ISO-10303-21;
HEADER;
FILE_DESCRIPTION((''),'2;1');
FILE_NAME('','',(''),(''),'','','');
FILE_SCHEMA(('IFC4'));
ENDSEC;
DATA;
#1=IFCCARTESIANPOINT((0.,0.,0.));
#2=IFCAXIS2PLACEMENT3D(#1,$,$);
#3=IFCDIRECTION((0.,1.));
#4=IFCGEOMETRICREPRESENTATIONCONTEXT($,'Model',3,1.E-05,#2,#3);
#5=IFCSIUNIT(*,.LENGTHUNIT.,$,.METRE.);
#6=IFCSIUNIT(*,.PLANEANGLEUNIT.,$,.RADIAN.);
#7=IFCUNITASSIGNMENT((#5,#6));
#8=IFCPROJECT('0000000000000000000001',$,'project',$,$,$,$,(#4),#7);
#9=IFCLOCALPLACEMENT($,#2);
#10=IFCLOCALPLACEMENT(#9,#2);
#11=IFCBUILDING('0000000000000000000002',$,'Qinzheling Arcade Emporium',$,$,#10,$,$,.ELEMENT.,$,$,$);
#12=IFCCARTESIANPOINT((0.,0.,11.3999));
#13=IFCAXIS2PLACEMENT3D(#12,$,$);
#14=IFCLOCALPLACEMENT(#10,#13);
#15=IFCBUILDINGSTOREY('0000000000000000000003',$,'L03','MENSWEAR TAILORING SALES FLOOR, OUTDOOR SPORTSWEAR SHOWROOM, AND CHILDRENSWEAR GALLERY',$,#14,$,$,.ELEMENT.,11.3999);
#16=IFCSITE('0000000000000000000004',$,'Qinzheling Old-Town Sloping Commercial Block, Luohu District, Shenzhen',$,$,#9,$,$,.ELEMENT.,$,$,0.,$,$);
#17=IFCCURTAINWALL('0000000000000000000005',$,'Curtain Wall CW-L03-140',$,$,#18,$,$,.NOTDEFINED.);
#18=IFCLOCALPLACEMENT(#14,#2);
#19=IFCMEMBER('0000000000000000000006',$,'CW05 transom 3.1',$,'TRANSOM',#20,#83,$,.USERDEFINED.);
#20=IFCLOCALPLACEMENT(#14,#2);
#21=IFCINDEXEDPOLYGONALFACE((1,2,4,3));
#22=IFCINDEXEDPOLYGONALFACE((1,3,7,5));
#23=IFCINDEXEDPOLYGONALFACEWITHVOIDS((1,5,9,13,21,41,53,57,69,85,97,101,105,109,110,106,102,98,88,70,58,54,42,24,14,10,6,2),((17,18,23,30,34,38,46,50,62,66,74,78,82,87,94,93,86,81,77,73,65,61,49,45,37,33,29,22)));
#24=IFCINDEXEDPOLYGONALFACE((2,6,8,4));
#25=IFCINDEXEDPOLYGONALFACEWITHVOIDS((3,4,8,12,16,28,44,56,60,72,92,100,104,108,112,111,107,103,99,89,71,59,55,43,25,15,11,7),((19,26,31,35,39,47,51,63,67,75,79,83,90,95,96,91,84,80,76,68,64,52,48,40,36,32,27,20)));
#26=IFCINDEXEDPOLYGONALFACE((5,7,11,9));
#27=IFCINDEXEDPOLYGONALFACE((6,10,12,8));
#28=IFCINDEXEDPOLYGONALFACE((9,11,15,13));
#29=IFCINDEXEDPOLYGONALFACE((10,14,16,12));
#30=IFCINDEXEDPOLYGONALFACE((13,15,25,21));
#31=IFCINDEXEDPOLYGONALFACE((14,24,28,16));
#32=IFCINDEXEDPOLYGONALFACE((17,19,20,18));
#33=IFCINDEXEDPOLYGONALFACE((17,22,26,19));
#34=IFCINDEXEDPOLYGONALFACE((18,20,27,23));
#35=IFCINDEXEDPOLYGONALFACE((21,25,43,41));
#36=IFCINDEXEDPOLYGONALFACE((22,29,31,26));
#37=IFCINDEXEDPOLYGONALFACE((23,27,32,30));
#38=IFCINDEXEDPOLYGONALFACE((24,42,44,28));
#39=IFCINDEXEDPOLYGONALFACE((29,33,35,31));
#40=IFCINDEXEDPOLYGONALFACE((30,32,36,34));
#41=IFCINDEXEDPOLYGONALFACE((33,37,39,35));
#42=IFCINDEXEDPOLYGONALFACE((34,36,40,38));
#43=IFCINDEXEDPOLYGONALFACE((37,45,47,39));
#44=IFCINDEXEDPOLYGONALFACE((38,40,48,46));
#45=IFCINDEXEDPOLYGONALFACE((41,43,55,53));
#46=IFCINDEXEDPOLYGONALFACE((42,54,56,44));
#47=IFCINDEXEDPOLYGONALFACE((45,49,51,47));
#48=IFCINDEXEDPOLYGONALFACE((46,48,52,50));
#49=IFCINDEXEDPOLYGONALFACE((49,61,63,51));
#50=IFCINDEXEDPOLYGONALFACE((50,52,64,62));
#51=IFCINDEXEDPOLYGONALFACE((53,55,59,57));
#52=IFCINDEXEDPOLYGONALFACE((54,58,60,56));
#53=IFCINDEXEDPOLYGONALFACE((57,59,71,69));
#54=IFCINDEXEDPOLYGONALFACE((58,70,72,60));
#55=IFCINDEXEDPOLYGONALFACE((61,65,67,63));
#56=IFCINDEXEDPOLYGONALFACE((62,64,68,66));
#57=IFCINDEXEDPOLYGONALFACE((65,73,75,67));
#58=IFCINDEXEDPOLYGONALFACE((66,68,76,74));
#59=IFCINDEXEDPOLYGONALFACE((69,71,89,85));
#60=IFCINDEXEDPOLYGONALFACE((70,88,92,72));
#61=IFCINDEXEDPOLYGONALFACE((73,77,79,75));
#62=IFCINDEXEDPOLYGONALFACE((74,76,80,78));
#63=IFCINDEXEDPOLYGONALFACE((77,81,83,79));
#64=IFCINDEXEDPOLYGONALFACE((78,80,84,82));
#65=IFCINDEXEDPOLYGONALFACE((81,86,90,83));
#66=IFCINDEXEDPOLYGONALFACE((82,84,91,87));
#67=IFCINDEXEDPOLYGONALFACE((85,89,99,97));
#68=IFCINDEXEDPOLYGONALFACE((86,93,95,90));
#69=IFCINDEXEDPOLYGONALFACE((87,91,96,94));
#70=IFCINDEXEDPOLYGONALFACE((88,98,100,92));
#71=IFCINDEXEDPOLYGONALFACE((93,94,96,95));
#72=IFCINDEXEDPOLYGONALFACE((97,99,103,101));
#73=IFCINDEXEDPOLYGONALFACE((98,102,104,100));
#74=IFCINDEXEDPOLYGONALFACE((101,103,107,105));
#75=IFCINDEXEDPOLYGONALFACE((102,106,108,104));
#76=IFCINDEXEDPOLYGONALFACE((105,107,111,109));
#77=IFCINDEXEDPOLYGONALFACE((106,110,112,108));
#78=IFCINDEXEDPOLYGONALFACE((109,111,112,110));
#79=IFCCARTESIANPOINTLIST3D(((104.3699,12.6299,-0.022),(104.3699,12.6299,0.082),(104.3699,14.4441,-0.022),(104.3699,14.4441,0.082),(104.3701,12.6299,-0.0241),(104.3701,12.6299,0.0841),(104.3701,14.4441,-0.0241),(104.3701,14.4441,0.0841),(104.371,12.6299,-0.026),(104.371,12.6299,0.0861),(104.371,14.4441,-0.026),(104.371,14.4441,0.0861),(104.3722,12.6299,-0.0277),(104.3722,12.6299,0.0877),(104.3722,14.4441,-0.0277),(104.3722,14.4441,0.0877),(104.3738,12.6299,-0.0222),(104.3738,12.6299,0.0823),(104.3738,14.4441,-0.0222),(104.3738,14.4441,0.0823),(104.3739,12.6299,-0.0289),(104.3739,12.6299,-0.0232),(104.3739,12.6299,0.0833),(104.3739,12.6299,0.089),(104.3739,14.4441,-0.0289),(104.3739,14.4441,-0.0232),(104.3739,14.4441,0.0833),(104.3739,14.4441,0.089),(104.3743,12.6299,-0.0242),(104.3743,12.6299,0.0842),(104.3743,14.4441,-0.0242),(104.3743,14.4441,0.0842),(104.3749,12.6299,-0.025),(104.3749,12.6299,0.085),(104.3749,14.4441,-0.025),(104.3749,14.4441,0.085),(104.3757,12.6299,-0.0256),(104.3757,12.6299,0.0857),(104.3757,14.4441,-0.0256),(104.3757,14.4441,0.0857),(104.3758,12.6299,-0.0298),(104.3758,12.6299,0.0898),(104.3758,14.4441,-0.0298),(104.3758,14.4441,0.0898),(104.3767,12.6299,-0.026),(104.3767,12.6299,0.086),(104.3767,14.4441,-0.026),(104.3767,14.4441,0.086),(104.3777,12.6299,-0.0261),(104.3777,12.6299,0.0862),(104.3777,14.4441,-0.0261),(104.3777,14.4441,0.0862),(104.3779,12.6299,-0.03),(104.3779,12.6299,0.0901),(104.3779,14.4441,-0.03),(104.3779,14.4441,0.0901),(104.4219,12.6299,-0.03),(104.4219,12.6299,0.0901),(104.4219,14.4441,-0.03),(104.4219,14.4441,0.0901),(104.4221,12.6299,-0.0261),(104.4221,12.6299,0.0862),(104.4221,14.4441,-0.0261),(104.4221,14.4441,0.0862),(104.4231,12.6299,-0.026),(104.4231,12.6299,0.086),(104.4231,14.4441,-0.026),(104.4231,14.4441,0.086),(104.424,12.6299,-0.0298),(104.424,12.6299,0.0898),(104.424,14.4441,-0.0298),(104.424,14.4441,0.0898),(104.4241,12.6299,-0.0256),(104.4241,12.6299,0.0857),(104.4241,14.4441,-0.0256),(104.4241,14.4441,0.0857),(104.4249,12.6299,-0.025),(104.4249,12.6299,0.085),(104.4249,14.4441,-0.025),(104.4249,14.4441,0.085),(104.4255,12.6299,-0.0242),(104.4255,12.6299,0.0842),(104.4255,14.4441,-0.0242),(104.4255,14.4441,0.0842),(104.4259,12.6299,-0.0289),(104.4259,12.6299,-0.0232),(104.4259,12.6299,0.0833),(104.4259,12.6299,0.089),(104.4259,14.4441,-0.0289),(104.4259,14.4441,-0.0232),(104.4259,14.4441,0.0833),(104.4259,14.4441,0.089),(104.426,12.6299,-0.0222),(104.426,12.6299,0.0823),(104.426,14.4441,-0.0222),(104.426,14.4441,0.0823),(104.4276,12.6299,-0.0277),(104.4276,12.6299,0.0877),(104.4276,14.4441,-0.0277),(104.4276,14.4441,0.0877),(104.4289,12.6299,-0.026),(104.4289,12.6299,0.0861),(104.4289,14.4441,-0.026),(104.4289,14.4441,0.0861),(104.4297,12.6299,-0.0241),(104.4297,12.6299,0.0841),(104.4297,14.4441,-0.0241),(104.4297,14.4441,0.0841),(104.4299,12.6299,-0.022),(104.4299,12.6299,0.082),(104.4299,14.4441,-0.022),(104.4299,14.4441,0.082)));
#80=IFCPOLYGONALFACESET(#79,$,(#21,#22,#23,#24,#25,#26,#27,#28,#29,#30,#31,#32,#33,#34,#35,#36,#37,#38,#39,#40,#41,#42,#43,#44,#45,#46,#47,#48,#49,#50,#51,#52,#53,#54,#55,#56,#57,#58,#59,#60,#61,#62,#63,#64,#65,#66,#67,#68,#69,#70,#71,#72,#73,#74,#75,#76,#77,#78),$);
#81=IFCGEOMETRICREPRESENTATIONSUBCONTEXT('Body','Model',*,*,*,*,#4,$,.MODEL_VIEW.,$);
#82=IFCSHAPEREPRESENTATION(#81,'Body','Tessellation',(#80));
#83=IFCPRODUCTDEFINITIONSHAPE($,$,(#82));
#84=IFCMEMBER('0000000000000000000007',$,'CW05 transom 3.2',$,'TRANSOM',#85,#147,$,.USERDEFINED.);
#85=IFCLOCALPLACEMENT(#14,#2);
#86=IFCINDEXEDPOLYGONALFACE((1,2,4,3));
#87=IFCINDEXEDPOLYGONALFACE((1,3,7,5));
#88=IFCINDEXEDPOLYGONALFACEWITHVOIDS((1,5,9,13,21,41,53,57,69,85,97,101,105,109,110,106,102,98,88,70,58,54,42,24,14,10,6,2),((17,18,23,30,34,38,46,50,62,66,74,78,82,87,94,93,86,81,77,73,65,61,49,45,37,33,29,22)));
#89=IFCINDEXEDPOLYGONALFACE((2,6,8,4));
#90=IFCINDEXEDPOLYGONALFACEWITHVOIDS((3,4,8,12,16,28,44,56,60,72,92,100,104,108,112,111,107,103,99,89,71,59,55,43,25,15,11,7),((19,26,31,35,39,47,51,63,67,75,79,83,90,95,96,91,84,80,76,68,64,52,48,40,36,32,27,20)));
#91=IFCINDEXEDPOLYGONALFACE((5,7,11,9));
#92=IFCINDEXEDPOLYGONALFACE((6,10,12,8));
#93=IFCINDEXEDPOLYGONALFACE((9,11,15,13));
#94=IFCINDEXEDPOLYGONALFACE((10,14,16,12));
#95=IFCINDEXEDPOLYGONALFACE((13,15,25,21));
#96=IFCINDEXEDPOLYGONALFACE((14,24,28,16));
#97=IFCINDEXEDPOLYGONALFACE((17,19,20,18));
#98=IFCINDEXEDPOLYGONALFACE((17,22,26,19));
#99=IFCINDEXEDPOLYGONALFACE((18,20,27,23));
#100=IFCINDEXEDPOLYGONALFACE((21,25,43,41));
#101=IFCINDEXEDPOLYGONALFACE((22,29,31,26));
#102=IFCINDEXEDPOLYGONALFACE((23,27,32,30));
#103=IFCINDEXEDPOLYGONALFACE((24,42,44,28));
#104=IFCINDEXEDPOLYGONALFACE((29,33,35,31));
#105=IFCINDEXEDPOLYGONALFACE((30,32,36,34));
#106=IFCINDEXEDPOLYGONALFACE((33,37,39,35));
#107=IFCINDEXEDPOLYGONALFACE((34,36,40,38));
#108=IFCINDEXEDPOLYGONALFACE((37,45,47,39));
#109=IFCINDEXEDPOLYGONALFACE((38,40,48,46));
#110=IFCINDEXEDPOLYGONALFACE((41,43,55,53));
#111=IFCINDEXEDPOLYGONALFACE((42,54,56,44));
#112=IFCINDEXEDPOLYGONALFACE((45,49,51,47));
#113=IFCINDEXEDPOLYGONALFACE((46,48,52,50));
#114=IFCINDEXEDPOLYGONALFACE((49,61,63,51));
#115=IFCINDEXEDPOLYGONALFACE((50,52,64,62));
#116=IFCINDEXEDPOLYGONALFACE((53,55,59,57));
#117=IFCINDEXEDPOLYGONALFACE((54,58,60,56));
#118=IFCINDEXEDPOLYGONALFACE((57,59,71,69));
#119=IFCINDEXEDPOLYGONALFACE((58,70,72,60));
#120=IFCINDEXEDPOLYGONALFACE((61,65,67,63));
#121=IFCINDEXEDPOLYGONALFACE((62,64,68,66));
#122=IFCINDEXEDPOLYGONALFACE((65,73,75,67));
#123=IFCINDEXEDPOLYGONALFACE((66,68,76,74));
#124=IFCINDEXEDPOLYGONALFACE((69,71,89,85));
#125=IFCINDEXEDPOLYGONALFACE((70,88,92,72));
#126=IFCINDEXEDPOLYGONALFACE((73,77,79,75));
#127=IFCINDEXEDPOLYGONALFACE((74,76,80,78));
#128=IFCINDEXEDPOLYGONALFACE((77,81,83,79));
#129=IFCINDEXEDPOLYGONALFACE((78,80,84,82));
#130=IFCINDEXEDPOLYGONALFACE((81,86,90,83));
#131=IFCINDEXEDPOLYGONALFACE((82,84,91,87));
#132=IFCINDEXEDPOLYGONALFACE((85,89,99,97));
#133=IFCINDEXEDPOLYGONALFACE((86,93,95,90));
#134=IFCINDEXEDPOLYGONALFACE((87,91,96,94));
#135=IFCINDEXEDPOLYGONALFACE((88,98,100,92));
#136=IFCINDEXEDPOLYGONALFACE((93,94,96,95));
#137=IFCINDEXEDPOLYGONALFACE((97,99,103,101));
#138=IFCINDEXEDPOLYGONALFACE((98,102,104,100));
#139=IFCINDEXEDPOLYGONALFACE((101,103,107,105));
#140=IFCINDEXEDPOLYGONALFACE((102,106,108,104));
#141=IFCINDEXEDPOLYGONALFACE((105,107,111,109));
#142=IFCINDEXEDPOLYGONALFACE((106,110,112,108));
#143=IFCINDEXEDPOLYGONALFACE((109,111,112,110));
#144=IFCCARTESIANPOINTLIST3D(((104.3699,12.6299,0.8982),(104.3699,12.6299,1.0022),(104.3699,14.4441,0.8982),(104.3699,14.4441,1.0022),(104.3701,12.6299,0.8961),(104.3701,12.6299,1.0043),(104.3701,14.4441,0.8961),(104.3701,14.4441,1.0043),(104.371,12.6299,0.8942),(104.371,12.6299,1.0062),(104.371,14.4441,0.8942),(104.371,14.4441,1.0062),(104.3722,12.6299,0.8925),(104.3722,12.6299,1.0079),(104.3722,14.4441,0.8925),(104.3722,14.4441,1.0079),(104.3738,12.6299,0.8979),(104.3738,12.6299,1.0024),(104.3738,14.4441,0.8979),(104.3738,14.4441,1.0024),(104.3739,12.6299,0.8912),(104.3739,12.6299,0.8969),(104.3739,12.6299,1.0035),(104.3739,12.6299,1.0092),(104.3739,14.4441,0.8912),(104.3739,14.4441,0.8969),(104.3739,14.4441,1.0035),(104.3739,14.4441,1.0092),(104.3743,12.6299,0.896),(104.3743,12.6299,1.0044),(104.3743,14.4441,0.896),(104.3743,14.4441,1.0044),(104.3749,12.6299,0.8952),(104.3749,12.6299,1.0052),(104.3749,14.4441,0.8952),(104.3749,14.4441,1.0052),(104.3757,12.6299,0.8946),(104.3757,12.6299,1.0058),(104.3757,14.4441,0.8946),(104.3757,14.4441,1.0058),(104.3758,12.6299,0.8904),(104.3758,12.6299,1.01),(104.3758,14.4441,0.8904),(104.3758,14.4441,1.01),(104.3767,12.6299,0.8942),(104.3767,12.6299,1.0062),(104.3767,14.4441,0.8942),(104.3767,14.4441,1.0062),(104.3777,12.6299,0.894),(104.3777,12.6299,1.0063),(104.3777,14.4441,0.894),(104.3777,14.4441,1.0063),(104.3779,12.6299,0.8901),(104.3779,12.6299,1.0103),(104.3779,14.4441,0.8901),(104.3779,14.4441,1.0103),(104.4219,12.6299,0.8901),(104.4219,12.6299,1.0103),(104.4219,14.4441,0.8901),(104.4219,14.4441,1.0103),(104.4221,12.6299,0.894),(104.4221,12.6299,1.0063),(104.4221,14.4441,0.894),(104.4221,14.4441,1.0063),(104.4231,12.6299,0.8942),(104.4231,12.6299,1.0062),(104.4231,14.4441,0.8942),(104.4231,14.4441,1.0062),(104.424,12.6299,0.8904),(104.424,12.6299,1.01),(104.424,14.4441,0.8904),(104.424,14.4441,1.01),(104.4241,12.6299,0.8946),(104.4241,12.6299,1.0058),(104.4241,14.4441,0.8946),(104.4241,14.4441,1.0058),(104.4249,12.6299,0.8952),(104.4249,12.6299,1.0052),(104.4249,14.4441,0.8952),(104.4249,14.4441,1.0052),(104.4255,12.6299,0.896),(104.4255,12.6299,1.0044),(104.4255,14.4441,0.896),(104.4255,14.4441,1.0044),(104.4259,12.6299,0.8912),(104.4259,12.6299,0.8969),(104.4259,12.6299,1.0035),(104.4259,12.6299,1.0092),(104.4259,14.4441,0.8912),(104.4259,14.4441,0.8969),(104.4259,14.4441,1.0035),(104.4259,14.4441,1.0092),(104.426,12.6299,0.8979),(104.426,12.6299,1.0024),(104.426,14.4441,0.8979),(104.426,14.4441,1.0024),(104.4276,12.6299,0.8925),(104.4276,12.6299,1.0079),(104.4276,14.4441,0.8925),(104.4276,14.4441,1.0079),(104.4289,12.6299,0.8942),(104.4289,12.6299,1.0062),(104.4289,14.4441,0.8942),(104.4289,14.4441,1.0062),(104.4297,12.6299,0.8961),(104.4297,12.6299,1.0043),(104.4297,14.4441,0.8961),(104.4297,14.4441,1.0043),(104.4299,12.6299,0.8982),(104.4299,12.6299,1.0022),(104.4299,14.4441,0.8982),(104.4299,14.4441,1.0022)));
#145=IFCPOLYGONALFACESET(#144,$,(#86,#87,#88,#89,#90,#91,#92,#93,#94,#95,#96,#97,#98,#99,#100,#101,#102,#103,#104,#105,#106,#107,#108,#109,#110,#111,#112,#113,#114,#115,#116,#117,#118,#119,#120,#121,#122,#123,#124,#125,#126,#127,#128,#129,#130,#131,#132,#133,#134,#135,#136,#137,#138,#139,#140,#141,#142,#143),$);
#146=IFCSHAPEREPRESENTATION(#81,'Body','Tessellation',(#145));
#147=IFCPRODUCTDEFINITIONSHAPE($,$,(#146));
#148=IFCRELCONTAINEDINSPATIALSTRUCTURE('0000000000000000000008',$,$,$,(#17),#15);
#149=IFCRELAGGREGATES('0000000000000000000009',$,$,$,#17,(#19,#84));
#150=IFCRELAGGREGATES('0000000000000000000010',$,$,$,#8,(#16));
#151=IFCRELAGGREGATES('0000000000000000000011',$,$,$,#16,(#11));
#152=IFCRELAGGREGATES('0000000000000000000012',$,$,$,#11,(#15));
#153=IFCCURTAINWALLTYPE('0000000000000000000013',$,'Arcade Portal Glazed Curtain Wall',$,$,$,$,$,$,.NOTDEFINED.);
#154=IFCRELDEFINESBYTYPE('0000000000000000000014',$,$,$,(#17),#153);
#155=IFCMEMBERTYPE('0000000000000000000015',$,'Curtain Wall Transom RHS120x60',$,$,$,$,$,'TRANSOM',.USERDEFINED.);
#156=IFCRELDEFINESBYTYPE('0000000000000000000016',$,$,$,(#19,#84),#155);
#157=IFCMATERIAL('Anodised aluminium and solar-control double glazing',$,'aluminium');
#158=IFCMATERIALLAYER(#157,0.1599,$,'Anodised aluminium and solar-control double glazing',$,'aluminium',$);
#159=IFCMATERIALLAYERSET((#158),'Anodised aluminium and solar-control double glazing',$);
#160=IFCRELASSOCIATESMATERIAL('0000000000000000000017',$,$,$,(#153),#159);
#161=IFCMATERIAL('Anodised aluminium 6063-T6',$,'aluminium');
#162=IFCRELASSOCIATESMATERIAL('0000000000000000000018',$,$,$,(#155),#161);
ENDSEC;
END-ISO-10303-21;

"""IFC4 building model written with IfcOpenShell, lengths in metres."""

from ifc_helpers import new_model, si_unit, direction, frame, origin, origin_2d, place, context, subcontext, project, spatial, hollow_rectangle, extrude, material, layer, layer_set, material_profile, profile_set, type_object, element, aggregate, save


model = new_model("IFC4")

# Units and contexts
model_context = context("Model", 3, precision=1e-05, world=origin(), true_north=direction((0.0, 1.0)))
body_context = subcontext(model_context, "Body", "Model", "MODEL_VIEW")
ifc_project = project(units=[si_unit("LENGTHUNIT", "METRE"), si_unit("PLANEANGLEUNIT", "RADIAN")], contexts=[model_context])

# Site, building, storey
site_placement = place(None, origin())
site = spatial("IfcSite", under=ifc_project, at=site_placement, Name="Qinzheling Old-Town Sloping Commercial Block, Luohu District, Shenzhen", CompositionType="ELEMENT", RefElevation=0.0)
building_placement = place(site_placement, origin())
building = spatial("IfcBuilding", under=site, at=building_placement, Name="Qinzheling Arcade Emporium", CompositionType="ELEMENT")
storey_placement = place(building_placement, frame((0.0, 0.0, 11.3999)))
storey = spatial("IfcBuildingStorey", under=building, at=storey_placement, Name="L03", Description="MENSWEAR TAILORING SALES FLOOR, OUTDOOR SPORTSWEAR SHOWROOM, AND CHILDRENSWEAR GALLERY", CompositionType="ELEMENT", Elevation=11.3999)

# Curtain wall, members
ifc_material_1 = material(Name="Anodised aluminium and solar-control double glazing", Category="aluminium")
ifc_layer_1 = layer(ifc_material_1, 0.1599, Name="Anodised aluminium and solar-control double glazing", Category="aluminium")
ifc_layer_set_1 = layer_set([ifc_layer_1], Name="Anodised aluminium and solar-control double glazing")
curtain_wall_type = type_object("IfcCurtainWallType", Name="Arcade Portal Glazed Curtain Wall", PredefinedType="NOTDEFINED", material=ifc_layer_set_1)
curtain_wall_placement = place(storey_placement, origin())
curtain_wall = element("IfcCurtainWall", 1, at=curtain_wall_placement, inside=storey, type_object=curtain_wall_type, Name="Curtain Wall CW-L03-140", PredefinedType="NOTDEFINED")
ifc_material_2 = material(Name="Anodised aluminium 6063-T6", Category="aluminium")
ifc_material_profile_1 = material_profile(ifc_material_2, hollow_rectangle(XDim=0.0601, YDim=0.1201, WallThickness=0.0039, InnerFilletRadius=0.0039, OuterFilletRadius=0.0081, at=origin_2d()), Name="RHS 120x60x4", Category="aluminium")
ifc_profile_set_1 = profile_set([ifc_material_profile_1], Name="Anodised aluminium 6063-T6")
member_type_1 = type_object("IfcMemberType", Name="Curtain Wall Transom RHS120x60", ElementType="TRANSOM", PredefinedType="USERDEFINED", material=ifc_profile_set_1)
member_1_placement = place(storey_placement, frame((104.3999, 12.6299, 0.03), z_axis=(0.0, 1.0, 0.0), x_axis=(-1.0, 0.0, 0.0)))
member_1 = element("IfcMember", 2, at=member_1_placement, type_object=member_type_1, Name="CW05 transom 3.1", ObjectType="TRANSOM", PredefinedType="USERDEFINED", context=body_context, shape_type="SweptSolid", body=[
    extrude(hollow_rectangle(XDim=0.0601, YDim=0.1201, WallThickness=0.0039, InnerFilletRadius=0.0039, OuterFilletRadius=0.0081, at=origin_2d()), origin(), (0.0, 0.0, 1.0), 1.8142),
])
member_2_placement = place(storey_placement, frame((104.3999, 12.6299, 0.9502), z_axis=(0.0, 1.0, 0.0), x_axis=(-1.0, 0.0, 0.0)))
member_2 = element("IfcMember", 3, at=member_2_placement, type_object=member_type_1, Name="CW05 transom 3.2", ObjectType="TRANSOM", PredefinedType="USERDEFINED", context=body_context, shape_type="SweptSolid", body=[
    extrude(hollow_rectangle(XDim=0.0601, YDim=0.1201, WallThickness=0.0039, InnerFilletRadius=0.0039, OuterFilletRadius=0.0081, at=origin_2d()), origin(), (0.0, 0.0, 1.0), 1.8142),
])
aggregate(curtain_wall, [member_1, member_2])

save(model, "model.ifc")
